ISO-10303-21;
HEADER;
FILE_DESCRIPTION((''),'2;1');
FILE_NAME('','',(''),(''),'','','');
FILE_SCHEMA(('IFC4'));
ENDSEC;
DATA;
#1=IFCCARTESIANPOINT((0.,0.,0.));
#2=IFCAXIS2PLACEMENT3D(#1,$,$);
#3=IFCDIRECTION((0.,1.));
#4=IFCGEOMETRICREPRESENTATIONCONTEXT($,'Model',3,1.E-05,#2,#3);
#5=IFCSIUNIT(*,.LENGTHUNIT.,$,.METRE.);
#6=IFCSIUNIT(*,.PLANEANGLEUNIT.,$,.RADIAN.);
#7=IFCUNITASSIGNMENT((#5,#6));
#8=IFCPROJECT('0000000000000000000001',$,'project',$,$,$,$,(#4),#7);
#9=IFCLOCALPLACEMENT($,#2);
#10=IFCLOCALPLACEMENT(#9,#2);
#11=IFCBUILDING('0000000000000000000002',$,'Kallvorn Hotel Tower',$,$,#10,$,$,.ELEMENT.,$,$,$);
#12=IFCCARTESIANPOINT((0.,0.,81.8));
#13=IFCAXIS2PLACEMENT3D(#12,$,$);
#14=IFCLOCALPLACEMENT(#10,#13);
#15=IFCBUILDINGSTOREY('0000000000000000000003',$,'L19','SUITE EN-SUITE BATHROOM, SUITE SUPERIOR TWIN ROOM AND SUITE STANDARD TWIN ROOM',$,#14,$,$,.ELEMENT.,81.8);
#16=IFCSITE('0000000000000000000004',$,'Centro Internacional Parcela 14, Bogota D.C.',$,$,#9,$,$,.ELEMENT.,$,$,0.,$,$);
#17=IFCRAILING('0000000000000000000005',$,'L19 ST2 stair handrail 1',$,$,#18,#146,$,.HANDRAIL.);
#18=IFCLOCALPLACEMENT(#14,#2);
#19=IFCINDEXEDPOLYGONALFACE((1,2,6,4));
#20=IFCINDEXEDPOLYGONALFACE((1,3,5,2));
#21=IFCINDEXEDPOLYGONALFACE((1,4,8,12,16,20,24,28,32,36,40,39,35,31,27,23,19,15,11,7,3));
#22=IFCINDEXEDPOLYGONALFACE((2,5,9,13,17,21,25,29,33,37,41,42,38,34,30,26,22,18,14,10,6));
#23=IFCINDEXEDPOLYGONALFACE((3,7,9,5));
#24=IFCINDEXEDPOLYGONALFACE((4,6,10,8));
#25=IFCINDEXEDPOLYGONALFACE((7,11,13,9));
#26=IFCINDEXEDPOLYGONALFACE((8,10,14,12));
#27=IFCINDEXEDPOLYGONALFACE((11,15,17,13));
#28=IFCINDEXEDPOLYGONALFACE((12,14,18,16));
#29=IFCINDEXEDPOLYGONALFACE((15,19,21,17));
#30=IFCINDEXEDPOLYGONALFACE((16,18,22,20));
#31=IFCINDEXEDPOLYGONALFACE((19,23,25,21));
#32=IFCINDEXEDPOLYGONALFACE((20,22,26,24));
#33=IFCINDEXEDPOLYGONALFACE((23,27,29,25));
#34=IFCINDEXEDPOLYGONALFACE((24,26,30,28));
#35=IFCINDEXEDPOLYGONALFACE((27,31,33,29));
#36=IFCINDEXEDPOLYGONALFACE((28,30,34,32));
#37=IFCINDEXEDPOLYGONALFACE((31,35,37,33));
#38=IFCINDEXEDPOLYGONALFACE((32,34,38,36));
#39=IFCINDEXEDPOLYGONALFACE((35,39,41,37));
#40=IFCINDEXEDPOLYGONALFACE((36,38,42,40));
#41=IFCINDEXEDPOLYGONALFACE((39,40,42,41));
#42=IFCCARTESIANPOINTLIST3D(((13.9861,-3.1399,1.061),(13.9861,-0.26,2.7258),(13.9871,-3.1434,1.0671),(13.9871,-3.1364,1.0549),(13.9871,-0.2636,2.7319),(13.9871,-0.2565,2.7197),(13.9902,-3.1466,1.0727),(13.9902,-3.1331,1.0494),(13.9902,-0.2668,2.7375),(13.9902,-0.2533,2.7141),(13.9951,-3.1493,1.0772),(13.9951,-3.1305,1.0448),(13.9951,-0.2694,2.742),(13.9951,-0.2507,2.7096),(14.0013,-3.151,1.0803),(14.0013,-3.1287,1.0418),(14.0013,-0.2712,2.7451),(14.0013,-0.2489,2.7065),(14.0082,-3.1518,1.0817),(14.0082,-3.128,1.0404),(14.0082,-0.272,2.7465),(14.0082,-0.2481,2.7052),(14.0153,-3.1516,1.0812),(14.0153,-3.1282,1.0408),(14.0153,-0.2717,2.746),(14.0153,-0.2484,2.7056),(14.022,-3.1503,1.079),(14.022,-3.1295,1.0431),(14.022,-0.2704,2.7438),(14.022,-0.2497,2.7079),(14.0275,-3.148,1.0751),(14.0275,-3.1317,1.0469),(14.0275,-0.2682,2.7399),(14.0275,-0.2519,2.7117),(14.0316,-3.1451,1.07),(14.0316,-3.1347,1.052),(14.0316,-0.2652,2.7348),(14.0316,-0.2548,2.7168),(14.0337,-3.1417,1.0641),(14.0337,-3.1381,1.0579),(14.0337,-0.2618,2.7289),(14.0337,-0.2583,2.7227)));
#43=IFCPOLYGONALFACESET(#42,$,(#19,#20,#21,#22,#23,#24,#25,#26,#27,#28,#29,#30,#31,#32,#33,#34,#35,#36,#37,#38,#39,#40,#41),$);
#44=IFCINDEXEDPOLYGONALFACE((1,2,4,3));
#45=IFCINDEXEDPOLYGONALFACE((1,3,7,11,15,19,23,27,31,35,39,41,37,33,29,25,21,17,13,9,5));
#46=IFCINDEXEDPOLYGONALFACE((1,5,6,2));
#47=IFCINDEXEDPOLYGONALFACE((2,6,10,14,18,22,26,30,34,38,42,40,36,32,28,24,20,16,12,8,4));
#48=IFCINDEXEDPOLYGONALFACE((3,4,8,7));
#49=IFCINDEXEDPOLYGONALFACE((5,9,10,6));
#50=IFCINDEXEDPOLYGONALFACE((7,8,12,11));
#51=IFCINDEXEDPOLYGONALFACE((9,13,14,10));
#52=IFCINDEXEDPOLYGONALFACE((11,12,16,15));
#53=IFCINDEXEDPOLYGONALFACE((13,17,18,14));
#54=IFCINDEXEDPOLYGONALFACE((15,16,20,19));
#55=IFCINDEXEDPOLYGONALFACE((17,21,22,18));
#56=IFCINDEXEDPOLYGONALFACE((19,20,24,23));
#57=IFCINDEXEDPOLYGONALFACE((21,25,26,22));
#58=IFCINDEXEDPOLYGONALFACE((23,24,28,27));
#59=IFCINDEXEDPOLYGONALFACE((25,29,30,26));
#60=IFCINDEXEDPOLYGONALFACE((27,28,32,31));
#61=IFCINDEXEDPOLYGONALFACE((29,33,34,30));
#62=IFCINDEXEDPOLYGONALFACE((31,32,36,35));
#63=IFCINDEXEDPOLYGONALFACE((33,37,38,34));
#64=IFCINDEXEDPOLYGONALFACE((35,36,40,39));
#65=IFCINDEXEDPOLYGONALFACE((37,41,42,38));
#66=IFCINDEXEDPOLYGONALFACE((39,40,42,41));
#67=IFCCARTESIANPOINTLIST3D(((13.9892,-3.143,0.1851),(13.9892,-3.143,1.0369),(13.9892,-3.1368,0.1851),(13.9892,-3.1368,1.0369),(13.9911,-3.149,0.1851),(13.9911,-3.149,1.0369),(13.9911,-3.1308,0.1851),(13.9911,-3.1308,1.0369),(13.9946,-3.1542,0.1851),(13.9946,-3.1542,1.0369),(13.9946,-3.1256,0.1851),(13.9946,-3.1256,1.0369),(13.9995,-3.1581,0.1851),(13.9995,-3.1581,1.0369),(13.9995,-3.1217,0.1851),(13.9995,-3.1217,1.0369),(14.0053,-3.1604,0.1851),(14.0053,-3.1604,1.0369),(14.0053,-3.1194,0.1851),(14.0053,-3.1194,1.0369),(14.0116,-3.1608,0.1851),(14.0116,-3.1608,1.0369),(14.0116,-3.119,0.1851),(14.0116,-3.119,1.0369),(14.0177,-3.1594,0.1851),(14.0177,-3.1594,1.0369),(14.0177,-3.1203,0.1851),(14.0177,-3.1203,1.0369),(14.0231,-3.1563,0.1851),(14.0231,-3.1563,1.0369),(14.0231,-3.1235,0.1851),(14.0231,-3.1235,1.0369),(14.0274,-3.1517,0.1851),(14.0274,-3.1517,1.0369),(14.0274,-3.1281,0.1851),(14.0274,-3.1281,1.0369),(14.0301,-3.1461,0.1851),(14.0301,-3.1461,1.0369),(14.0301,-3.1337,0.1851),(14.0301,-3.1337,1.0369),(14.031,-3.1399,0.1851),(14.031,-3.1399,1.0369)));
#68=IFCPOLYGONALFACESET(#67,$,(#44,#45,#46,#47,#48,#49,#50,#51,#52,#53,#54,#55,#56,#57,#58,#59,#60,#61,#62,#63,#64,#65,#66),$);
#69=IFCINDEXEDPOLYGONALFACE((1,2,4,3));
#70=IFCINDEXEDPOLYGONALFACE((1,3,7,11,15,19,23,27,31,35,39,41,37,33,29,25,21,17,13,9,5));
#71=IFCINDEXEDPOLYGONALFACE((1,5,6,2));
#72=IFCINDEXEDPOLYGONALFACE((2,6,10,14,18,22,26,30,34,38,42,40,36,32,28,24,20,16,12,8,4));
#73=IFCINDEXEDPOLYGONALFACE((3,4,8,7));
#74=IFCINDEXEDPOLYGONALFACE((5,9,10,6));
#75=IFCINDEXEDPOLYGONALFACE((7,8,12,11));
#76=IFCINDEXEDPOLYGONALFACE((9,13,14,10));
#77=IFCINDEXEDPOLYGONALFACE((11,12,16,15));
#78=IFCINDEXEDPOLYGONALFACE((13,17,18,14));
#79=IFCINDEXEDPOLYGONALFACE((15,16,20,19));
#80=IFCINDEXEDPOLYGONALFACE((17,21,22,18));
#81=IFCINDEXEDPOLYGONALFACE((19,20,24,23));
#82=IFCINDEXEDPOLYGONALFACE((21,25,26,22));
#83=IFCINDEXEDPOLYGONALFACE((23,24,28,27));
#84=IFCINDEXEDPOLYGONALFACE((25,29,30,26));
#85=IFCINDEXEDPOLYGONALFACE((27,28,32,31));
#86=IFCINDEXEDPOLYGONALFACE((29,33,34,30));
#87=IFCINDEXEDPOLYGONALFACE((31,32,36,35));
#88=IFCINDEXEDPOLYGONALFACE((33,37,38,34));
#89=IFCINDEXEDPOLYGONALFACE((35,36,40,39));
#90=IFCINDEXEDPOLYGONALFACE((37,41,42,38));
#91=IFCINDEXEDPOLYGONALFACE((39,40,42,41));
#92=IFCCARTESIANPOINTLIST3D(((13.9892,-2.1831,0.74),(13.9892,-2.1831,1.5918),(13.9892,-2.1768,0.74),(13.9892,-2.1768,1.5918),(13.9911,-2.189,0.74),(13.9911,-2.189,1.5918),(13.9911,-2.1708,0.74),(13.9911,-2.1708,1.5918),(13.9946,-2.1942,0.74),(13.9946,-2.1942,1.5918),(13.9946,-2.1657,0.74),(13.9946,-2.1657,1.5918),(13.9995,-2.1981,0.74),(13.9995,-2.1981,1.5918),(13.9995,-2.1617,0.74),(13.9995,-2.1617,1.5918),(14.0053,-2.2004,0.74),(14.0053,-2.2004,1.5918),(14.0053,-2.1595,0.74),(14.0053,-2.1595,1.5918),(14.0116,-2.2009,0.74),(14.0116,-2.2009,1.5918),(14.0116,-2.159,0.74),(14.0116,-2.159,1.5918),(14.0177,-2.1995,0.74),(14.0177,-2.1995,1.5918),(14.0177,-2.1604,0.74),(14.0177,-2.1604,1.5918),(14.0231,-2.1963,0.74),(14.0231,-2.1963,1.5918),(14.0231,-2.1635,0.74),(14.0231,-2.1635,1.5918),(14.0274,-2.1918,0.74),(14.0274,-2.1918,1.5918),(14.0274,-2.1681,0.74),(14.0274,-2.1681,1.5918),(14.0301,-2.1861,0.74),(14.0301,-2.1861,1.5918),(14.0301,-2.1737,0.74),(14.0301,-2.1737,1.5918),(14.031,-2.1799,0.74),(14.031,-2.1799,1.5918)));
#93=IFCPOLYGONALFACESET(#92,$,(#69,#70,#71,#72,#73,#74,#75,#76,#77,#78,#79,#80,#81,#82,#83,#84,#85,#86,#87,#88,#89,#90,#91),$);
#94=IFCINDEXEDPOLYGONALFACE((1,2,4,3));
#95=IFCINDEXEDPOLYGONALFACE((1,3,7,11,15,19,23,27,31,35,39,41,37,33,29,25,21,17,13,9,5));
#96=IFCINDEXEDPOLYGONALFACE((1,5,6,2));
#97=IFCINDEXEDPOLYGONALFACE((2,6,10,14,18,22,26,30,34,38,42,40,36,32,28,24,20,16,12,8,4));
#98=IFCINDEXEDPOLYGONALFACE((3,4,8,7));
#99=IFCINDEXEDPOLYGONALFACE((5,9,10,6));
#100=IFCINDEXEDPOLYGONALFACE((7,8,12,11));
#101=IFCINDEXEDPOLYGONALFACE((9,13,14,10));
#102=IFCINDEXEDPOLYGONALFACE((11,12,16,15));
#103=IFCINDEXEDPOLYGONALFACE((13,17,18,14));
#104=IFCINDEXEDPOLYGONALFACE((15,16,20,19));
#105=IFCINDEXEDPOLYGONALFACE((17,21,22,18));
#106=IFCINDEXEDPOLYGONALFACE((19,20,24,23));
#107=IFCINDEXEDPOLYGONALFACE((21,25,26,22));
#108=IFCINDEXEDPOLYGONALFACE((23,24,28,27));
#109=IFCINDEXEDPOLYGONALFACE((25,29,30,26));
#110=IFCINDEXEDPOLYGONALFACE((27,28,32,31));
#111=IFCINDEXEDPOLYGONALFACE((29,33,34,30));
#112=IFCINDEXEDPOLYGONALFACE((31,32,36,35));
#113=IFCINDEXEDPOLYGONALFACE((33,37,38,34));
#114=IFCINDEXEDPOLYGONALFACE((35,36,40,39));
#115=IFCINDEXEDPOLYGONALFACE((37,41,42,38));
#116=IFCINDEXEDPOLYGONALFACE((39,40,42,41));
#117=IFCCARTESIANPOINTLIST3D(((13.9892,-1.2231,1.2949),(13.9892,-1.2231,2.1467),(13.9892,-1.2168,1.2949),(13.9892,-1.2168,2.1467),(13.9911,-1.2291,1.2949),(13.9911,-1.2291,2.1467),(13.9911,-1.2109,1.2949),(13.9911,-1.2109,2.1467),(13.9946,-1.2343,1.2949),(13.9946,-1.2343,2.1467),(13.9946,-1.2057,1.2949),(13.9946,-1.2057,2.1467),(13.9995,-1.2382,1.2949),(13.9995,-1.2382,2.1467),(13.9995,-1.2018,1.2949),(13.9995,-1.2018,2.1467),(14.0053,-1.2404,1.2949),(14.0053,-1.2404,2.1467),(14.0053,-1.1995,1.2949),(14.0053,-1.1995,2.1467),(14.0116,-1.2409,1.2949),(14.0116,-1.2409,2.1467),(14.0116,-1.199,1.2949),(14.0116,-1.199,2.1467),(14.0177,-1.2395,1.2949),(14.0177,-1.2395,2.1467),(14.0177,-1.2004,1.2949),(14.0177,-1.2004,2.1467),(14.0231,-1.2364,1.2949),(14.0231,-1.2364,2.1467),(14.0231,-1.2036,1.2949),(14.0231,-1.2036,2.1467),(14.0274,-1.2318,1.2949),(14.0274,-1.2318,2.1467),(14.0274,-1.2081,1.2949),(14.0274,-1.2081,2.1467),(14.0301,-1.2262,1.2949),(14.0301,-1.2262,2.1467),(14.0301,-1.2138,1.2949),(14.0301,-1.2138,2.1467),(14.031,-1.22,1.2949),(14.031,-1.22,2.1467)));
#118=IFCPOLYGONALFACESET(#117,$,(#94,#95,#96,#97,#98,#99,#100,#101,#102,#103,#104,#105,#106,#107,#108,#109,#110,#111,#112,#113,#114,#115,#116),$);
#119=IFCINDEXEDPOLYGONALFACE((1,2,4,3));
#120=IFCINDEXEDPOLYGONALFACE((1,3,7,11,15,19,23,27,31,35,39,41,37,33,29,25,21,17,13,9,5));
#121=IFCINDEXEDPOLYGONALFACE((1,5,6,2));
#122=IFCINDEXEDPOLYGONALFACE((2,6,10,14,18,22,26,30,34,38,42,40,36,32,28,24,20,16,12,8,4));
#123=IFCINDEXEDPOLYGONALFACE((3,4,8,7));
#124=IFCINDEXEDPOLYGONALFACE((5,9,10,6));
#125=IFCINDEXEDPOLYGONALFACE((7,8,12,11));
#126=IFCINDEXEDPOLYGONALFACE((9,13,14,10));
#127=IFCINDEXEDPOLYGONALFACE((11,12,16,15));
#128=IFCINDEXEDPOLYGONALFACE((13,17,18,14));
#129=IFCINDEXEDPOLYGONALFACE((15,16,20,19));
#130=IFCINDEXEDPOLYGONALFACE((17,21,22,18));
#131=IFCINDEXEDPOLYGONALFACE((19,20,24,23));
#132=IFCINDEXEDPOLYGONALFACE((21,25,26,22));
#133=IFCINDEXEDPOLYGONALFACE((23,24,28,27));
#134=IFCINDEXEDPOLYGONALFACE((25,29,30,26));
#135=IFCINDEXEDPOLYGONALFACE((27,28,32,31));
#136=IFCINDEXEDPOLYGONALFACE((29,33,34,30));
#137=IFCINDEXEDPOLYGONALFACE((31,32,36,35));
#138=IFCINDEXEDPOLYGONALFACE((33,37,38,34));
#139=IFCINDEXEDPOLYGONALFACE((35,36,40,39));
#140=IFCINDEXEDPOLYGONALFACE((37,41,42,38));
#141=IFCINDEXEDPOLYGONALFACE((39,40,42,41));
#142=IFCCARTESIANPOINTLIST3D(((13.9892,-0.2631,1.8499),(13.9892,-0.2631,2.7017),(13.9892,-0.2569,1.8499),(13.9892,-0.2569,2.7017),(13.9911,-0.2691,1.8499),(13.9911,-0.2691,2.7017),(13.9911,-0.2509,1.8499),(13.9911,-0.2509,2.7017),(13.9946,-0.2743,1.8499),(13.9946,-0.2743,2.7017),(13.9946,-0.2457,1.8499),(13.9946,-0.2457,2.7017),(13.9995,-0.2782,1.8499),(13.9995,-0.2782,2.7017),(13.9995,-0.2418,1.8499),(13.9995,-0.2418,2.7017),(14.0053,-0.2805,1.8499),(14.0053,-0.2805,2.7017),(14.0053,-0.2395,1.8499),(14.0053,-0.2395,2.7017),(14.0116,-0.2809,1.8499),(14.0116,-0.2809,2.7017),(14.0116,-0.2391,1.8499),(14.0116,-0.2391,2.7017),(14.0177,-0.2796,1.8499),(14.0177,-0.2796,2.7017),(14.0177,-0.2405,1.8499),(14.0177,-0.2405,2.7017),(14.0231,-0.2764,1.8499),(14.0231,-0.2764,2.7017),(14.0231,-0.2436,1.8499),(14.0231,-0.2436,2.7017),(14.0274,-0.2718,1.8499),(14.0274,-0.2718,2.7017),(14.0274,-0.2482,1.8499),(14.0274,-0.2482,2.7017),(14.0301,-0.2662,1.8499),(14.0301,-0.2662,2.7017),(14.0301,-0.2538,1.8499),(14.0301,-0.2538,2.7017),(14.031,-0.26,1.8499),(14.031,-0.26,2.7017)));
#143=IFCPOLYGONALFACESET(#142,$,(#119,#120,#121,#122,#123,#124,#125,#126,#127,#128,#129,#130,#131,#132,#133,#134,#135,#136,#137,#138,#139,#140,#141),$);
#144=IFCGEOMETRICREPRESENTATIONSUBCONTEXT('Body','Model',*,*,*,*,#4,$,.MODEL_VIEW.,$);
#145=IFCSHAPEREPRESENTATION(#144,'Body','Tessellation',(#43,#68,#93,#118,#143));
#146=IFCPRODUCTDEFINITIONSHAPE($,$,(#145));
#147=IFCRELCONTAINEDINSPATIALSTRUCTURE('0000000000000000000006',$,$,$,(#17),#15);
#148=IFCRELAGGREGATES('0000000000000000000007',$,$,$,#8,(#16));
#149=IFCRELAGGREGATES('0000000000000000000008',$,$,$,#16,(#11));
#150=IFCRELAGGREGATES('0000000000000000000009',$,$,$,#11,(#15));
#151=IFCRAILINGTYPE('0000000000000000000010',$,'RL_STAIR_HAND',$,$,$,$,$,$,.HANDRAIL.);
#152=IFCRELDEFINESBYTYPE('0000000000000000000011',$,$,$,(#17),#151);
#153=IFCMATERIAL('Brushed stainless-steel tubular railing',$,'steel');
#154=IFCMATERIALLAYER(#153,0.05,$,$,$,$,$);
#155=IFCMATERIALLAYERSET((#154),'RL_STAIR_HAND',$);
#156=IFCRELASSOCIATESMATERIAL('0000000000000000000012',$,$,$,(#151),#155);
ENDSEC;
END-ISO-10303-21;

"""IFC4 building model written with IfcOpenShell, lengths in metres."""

from ifc_helpers import new_model, si_unit, direction, frame, origin, origin_2d, place, context, subcontext, project, spatial, circle, extrude, material, layer, layer_set, type_object, element, save


model = new_model("IFC4")

# Units and contexts
model_context = context("Model", 3, precision=1e-05, world=origin(), true_north=direction((0.0, 1.0)))
body_context = subcontext(model_context, "Body", "Model", "MODEL_VIEW")
ifc_project = project(units=[si_unit("LENGTHUNIT", "METRE"), si_unit("PLANEANGLEUNIT", "RADIAN")], contexts=[model_context])

# Site, building, storey
site_placement = place(None, origin())
site = spatial("IfcSite", under=ifc_project, at=site_placement, Name="Centro Internacional Parcela 14, Bogota D.C.", CompositionType="ELEMENT", RefElevation=0.0)
building_placement = place(site_placement, origin())
building = spatial("IfcBuilding", under=site, at=building_placement, Name="Kallvorn Hotel Tower", CompositionType="ELEMENT")
storey_placement = place(building_placement, frame((0.0, 0.0, 81.8)))
storey = spatial("IfcBuildingStorey", under=building, at=storey_placement, Name="L19", Description="SUITE EN-SUITE BATHROOM, SUITE SUPERIOR TWIN ROOM AND SUITE STANDARD TWIN ROOM", CompositionType="ELEMENT", Elevation=81.8)

# Railing
ifc_material_1 = material(Name="Brushed stainless-steel tubular railing", Category="steel")
ifc_layer_1 = layer(ifc_material_1, 0.05)
ifc_layer_set_1 = layer_set([ifc_layer_1], Name="RL_STAIR_HAND")
railing_type_1 = type_object("IfcRailingType", Name="RL_STAIR_HAND", PredefinedType="HANDRAIL", material=ifc_layer_set_1)
railing_1_placement = place(storey_placement, frame((14.01, -3.1399, 0.1851)))
element("IfcRailing", 1, at=railing_1_placement, inside=storey, type_object=railing_type_1, Name="L19 ST2 stair handrail 1", PredefinedType="HANDRAIL", context=body_context, shape_type="SweptSolid", body=[
    extrude(circle(Radius=0.0239, at=origin_2d()), frame((0.0, 0.0, 0.876), z_axis=(0.0, 0.865753, 0.500472), x_axis=(-1.0, 0.0, 0.0)), (0.0, 0.0, 1.0), 3.3264),
    extrude(circle(Radius=0.021, at=origin_2d()), origin(), (0.0, 0.0, 1.0), 0.8518),
    extrude(circle(Radius=0.021, at=origin_2d()), frame((0.0, 0.96, 0.5549)), (0.0, 0.0, 1.0), 0.8518),
    extrude(circle(Radius=0.021, at=origin_2d()), frame((0.0, 1.9199, 1.1099)), (0.0, 0.0, 1.0), 0.8518),
    extrude(circle(Radius=0.021, at=origin_2d()), frame((0.0, 2.8799, 1.6648)), (0.0, 0.0, 1.0), 0.8518),
])

save(model, "model.ifc")
